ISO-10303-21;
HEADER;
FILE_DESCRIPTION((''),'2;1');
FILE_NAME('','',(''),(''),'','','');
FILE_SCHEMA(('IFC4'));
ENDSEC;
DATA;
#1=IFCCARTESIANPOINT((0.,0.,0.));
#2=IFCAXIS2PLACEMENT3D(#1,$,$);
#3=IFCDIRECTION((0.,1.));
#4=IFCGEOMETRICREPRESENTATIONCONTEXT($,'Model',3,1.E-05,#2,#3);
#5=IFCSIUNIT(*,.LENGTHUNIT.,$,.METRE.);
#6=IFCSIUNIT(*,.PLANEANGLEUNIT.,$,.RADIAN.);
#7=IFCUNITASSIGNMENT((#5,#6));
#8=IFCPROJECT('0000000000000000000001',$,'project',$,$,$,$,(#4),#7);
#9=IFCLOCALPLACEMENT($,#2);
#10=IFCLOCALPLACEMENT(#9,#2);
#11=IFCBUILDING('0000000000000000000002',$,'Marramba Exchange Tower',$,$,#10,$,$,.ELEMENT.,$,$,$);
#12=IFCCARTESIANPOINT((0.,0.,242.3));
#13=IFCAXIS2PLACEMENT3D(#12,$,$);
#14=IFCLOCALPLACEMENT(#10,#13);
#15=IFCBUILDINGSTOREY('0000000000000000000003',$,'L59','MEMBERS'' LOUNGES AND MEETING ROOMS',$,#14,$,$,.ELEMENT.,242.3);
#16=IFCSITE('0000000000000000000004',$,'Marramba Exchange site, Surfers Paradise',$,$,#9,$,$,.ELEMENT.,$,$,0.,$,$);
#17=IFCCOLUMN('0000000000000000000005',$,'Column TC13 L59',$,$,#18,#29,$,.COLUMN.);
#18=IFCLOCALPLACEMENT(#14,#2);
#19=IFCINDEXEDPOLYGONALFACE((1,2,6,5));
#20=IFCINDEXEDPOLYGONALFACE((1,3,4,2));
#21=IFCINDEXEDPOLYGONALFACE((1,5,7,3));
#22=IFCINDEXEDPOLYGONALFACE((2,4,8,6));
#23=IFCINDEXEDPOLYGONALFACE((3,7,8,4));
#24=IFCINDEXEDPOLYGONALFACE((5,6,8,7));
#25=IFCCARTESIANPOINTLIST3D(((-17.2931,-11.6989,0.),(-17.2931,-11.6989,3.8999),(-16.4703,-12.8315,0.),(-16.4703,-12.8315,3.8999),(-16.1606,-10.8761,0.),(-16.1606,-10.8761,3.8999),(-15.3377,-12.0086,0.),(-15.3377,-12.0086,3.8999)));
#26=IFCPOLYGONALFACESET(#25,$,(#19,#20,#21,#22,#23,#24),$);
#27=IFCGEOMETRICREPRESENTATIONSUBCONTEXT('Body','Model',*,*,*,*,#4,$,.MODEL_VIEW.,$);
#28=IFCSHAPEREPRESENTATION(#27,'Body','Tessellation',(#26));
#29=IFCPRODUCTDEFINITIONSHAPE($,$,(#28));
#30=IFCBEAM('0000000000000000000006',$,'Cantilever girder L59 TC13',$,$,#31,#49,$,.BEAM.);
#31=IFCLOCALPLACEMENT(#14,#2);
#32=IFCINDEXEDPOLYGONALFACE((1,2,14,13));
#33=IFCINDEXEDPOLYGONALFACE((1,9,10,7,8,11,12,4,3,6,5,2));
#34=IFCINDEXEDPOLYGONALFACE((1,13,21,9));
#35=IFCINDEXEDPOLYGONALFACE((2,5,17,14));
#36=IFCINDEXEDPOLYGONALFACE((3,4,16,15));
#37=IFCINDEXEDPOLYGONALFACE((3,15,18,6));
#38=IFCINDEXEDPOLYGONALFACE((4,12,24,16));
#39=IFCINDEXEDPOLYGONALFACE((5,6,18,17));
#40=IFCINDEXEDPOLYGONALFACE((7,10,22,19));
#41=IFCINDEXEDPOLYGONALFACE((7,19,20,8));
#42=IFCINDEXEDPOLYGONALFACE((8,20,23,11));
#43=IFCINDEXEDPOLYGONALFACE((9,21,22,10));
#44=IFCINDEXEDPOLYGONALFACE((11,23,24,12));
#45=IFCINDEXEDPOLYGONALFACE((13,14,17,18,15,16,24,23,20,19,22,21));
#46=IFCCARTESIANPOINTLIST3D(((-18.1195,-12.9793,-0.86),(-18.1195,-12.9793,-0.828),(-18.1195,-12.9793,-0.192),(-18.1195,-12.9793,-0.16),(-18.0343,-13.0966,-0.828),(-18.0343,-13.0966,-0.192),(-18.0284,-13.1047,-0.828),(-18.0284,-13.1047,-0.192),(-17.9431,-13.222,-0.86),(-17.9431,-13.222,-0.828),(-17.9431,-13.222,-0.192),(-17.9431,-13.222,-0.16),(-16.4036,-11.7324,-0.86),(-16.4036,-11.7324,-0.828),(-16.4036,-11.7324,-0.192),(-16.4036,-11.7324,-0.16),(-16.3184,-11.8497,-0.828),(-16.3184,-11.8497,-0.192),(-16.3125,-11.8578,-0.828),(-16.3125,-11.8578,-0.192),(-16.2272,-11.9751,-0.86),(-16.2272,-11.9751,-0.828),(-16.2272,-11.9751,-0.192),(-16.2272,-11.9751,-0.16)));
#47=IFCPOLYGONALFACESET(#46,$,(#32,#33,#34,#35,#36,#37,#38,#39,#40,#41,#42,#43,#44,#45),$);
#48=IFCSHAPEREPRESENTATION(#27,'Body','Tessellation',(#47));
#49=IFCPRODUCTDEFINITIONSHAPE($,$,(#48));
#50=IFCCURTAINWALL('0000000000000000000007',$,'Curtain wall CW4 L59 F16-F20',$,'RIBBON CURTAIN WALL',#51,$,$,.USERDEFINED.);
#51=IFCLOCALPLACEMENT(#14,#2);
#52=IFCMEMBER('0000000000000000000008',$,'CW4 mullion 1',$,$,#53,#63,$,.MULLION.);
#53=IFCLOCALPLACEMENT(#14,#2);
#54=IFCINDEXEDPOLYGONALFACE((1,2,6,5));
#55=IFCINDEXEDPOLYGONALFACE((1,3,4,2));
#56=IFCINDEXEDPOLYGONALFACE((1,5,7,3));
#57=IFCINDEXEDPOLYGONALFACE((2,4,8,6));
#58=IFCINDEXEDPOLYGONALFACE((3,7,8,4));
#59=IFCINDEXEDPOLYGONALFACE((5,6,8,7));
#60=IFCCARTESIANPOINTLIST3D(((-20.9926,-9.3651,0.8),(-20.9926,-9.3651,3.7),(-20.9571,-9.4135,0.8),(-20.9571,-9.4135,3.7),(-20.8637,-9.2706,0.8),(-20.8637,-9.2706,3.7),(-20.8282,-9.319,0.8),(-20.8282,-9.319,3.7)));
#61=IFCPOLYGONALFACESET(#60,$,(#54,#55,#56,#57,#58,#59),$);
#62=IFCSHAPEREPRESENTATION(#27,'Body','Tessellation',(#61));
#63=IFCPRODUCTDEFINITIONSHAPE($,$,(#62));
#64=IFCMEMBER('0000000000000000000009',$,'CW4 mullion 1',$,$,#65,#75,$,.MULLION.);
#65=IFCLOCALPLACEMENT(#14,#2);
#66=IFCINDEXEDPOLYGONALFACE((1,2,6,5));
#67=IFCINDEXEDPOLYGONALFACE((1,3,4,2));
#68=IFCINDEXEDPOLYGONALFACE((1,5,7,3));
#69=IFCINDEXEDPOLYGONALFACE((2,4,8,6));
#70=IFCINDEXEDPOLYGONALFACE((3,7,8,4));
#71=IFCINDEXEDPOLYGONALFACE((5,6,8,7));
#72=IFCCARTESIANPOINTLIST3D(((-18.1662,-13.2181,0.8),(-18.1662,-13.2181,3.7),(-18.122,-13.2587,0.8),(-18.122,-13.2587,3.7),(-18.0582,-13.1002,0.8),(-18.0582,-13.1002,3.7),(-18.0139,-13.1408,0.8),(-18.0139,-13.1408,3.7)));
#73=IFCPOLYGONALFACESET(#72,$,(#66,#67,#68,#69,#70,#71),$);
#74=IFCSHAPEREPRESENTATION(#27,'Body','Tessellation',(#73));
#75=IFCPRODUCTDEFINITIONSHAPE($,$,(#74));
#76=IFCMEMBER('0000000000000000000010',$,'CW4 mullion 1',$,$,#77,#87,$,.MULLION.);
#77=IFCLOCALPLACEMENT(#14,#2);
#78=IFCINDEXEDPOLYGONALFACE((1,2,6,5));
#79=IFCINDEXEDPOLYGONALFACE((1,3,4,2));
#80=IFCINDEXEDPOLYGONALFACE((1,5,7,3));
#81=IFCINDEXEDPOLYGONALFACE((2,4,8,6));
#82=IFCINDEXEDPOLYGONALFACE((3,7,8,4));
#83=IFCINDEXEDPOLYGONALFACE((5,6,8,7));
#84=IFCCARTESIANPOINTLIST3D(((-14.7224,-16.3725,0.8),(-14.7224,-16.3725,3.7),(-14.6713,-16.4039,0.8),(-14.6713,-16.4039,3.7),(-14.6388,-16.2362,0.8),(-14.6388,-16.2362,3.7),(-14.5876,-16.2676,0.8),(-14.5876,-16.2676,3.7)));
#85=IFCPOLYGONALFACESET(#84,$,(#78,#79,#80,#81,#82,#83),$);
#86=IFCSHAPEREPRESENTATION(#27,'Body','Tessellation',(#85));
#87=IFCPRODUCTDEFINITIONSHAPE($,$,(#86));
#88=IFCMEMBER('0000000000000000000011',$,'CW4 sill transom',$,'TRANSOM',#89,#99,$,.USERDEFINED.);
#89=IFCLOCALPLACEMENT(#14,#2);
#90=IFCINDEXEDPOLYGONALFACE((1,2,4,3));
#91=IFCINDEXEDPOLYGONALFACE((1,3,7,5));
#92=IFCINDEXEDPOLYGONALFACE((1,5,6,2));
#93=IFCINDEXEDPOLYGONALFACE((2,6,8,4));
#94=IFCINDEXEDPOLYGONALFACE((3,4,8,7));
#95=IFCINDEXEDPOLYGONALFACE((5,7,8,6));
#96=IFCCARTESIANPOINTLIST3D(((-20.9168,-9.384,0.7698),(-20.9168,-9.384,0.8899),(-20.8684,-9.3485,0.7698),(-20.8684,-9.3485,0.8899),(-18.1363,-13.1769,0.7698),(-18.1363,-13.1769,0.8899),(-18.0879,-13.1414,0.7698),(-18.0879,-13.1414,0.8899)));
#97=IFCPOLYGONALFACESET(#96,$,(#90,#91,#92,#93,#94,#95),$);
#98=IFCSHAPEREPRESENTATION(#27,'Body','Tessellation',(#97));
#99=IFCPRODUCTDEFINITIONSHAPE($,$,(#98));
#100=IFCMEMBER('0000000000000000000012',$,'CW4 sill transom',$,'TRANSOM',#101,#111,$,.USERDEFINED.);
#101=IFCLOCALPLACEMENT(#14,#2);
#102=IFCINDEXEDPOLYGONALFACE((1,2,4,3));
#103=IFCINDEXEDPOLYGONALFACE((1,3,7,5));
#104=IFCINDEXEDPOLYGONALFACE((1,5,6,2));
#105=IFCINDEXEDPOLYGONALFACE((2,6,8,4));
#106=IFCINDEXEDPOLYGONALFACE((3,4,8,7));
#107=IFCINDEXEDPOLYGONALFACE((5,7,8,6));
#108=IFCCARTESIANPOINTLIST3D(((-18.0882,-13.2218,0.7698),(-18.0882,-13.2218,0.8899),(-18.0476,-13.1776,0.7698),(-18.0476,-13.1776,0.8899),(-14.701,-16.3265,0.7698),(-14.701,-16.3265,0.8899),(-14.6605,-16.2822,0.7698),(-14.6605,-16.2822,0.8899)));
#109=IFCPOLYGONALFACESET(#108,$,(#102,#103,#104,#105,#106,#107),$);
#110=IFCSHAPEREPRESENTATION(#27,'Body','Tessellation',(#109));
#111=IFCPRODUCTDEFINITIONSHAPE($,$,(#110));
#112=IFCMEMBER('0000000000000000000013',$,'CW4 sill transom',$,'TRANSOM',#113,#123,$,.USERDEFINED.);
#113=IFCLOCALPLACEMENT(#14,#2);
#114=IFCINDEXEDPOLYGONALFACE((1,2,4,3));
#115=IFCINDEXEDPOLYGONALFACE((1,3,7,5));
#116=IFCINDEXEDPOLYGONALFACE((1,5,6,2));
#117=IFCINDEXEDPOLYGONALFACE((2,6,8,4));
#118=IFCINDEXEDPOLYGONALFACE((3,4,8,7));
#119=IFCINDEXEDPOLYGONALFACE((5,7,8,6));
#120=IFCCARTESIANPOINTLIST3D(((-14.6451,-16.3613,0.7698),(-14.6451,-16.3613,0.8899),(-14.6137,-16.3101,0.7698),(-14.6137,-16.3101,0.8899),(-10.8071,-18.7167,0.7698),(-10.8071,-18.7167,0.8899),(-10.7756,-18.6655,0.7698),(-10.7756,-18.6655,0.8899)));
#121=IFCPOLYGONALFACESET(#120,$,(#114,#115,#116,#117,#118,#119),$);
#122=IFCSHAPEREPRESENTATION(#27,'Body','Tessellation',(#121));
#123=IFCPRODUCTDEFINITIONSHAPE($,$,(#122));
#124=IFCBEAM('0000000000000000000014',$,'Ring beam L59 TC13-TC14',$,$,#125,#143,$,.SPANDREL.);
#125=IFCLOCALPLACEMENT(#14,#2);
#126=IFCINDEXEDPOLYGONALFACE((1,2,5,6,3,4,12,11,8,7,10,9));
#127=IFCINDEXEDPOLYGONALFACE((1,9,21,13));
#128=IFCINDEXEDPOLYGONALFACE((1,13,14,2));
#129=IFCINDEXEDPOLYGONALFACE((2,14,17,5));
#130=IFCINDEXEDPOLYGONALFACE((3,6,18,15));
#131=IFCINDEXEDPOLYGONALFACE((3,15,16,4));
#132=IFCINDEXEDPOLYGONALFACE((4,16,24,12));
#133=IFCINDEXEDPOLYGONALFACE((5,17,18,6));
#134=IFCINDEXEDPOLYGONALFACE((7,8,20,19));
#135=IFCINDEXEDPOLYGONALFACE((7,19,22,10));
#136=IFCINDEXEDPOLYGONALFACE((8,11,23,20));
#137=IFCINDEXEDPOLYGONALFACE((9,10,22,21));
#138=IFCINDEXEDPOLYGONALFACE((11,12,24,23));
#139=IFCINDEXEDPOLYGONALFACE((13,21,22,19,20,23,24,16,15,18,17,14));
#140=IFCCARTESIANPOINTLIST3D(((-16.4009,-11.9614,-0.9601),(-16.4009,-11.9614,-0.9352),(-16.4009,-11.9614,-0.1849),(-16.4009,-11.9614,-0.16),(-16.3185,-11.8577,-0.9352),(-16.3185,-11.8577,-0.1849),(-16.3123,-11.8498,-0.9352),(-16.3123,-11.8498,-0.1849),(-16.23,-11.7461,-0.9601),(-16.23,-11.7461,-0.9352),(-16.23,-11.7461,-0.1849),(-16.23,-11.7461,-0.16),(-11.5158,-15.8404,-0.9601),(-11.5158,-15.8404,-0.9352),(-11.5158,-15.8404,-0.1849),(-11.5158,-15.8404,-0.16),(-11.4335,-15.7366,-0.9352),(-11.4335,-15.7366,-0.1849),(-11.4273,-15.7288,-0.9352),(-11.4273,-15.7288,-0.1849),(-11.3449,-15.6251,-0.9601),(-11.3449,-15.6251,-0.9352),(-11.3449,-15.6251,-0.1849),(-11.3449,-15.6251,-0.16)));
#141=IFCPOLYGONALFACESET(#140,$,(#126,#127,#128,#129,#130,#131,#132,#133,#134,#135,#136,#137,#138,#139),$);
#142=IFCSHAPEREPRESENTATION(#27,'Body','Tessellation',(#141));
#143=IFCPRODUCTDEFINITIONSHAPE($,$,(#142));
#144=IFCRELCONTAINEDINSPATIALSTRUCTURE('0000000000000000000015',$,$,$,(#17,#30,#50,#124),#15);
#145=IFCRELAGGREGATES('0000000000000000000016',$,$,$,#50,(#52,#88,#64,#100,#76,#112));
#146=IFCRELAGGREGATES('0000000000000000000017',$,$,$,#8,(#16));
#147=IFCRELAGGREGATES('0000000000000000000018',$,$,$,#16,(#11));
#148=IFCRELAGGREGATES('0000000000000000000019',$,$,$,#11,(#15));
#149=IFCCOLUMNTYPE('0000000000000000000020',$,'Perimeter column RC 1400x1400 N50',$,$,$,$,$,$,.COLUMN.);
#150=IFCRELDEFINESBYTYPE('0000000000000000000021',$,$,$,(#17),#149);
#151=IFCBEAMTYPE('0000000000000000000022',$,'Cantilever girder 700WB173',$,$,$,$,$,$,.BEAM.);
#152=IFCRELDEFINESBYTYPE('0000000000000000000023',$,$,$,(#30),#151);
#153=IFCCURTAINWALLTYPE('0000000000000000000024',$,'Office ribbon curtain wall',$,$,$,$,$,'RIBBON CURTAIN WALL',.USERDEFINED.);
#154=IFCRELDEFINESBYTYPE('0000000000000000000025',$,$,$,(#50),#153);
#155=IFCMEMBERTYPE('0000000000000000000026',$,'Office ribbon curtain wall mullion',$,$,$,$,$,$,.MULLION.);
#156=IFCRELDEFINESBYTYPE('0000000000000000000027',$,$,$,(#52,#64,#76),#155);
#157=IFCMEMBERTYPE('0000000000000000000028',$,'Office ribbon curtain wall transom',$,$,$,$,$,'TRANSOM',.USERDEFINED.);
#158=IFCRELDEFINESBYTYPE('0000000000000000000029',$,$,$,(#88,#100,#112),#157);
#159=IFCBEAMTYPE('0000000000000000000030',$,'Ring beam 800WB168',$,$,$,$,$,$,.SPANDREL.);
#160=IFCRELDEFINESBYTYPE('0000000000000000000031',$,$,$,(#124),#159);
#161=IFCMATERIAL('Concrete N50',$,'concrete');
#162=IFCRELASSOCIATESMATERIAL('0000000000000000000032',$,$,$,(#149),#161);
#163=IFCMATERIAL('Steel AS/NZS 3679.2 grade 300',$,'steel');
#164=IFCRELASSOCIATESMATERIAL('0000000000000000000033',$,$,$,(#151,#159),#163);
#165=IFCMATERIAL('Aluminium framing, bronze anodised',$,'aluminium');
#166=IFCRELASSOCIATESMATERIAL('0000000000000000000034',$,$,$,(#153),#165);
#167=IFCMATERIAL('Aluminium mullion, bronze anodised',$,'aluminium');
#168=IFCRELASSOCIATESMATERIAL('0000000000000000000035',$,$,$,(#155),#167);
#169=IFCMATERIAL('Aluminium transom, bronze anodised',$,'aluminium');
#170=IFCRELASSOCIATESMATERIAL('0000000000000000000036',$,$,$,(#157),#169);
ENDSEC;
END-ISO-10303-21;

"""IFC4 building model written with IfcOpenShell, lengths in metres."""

from ifc_helpers import new_model, si_unit, direction, frame, origin, origin_2d, place, context, subcontext, project, spatial, rectangle, i_section, extrude, material, material_profile, profile_set, type_object, element, aggregate, save


model = new_model("IFC4")

# Units and contexts
model_context = context("Model", 3, precision=1e-05, world=origin(), true_north=direction((0.0, 1.0)))
body_context = subcontext(model_context, "Body", "Model", "MODEL_VIEW")
ifc_project = project(units=[si_unit("LENGTHUNIT", "METRE"), si_unit("PLANEANGLEUNIT", "RADIAN")], contexts=[model_context])

# Site, building, storey
site_placement = place(None, origin())
site = spatial("IfcSite", under=ifc_project, at=site_placement, Name="Marramba Exchange site, Surfers Paradise", CompositionType="ELEMENT", RefElevation=0.0)
building_placement = place(site_placement, origin())
building = spatial("IfcBuilding", under=site, at=building_placement, Name="Marramba Exchange Tower", CompositionType="ELEMENT")
storey_placement = place(building_placement, frame((0.0, 0.0, 242.3)))
storey = spatial("IfcBuildingStorey", under=building, at=storey_placement, Name="L59", Description="MEMBERS' LOUNGES AND MEETING ROOMS", CompositionType="ELEMENT", Elevation=242.3)

# Column
ifc_material_1 = material(Name="Concrete N50", Category="concrete")
ifc_material_profile_1 = material_profile(ifc_material_1, rectangle(XDim=1.3999, YDim=1.3999, at=origin_2d()), Name="RC 1400x1400")
ifc_profile_set_1 = profile_set([ifc_material_profile_1], Name="Concrete N50")
column_type = type_object("IfcColumnType", Name="Perimeter column RC 1400x1400 N50", PredefinedType="COLUMN", material=ifc_profile_set_1)
column_placement = place(storey_placement, frame((-16.3154, -11.8538, 0.0), z_axis=(0.0, 0.0, 1.0), x_axis=(-0.809017, -0.587785, 0.0)))
element("IfcColumn", 1, at=column_placement, inside=storey, type_object=column_type, Name="Column TC13 L59", PredefinedType="COLUMN", context=body_context, shape_type="SweptSolid", body=[
    extrude(rectangle(XDim=1.3999, YDim=1.3999, at=origin_2d()), origin(), (0.0, 0.0, 1.0), 3.8999),
])

# Beam
ifc_material_2 = material(Name="Steel AS/NZS 3679.2 grade 300", Category="steel")
ifc_material_profile_2 = material_profile(ifc_material_2, i_section(OverallWidth=0.3, OverallDepth=0.7, WebThickness=0.01, FlangeThickness=0.032, at=origin_2d()), Name="700WB173")
ifc_profile_set_2 = profile_set([ifc_material_profile_2], Name="Steel AS/NZS 3679.2 grade 300")
beam_type_1 = type_object("IfcBeamType", Name="Cantilever girder 700WB173", PredefinedType="BEAM", material=ifc_profile_set_2)
beam_1_placement = place(storey_placement, frame((-16.3154, -11.8538, -0.51), z_axis=(-0.80897, -0.58785, 0.0), x_axis=(0.58785, -0.80897, 0.0)))
element("IfcBeam", 2, at=beam_1_placement, inside=storey, type_object=beam_type_1, Name="Cantilever girder L59 TC13", PredefinedType="BEAM", context=body_context, shape_type="SweptSolid", body=[
    extrude(i_section(OverallWidth=0.3, OverallDepth=0.7, WebThickness=0.01, FlangeThickness=0.032, at=origin_2d()), origin(), (0.0, 0.0, 1.0), 2.1211),
])

# Curtain wall, members
ifc_material_3 = material(Name="Aluminium framing, bronze anodised", Category="aluminium")
curtain_wall_type = type_object("IfcCurtainWallType", Name="Office ribbon curtain wall", ElementType="RIBBON CURTAIN WALL", PredefinedType="USERDEFINED", material=ifc_material_3)
curtain_wall_placement = place(storey_placement, origin())
curtain_wall = element("IfcCurtainWall", 3, at=curtain_wall_placement, inside=storey, type_object=curtain_wall_type, Name="Curtain wall CW4 L59 F16-F20", ObjectType="RIBBON CURTAIN WALL", PredefinedType="USERDEFINED")
ifc_material_4 = material(Name="Aluminium mullion, bronze anodised", Category="aluminium")
ifc_material_profile_3 = material_profile(ifc_material_4, rectangle(XDim=0.1599, YDim=0.0601, at=origin_2d()), Name="CW4 mullion 60x160")
ifc_profile_set_3 = profile_set([ifc_material_profile_3], Name="Aluminium mullion, bronze anodised")
member_type_1 = type_object("IfcMemberType", Name="Office ribbon curtain wall mullion", PredefinedType="MULLION", material=ifc_profile_set_3)
member_1_placement = place(storey_placement, frame((-20.9104, -9.342, 0.8), z_axis=(0.0, 0.0, 1.0), x_axis=(0.806508, 0.591223, 0.0)))
member_1 = element("IfcMember", 4, at=member_1_placement, type_object=member_type_1, Name="CW4 mullion 1", PredefinedType="MULLION", context=body_context, shape_type="SweptSolid", body=[
    extrude(rectangle(XDim=0.1599, YDim=0.0601, at=origin_2d()), origin(), (0.0, 0.0, 1.0), 2.8999),
])
member_2_placement = place(storey_placement, frame((-18.0901, -13.1794, 0.8), z_axis=(0.0, 0.0, 1.0), x_axis=(0.675671, 0.737203, 0.0)))
member_2 = element("IfcMember", 5, at=member_2_placement, type_object=member_type_1, Name="CW4 mullion 1", PredefinedType="MULLION", context=body_context, shape_type="SweptSolid", body=[
    extrude(rectangle(XDim=0.1599, YDim=0.0601, at=origin_2d()), origin(), (0.0, 0.0, 1.0), 2.8999),
])
member_3_placement = place(storey_placement, frame((-14.655, -16.3201, 0.8), z_axis=(0.0, 0.0, 1.0), x_axis=(0.523052, 0.852301, 0.0)))
member_3 = element("IfcMember", 6, at=member_3_placement, type_object=member_type_1, Name="CW4 mullion 1", PredefinedType="MULLION", context=body_context, shape_type="SweptSolid", body=[
    extrude(rectangle(XDim=0.1599, YDim=0.0601, at=origin_2d()), origin(), (0.0, 0.0, 1.0), 2.8999),
])
ifc_material_5 = material(Name="Aluminium transom, bronze anodised", Category="aluminium")
ifc_material_profile_4 = material_profile(ifc_material_5, rectangle(XDim=0.0601, YDim=0.1201, at=origin_2d()), Name="CW4 transom 60x120")
ifc_profile_set_4 = profile_set([ifc_material_profile_4], Name="Aluminium transom, bronze anodised")
member_type_2 = type_object("IfcMemberType", Name="Office ribbon curtain wall transom", ElementType="TRANSOM", PredefinedType="USERDEFINED", material=ifc_profile_set_4)
member_4_placement = place(storey_placement, frame((-20.8926, -9.3662, 0.8298), z_axis=(0.591226, -0.806506, 0.0), x_axis=(0.806506, 0.591226, 0.0)))
member_4 = element("IfcMember", 7, at=member_4_placement, type_object=member_type_2, Name="CW4 sill transom", ObjectType="TRANSOM", PredefinedType="USERDEFINED", context=body_context, shape_type="SweptSolid", body=[
    extrude(rectangle(XDim=0.0601, YDim=0.1201, at=origin_2d()), origin(), (0.0, 0.0, 1.0), 4.7029),
])
member_5_placement = place(storey_placement, frame((-18.0679, -13.1997, 0.8298), z_axis=(0.737176, -0.675701, 0.0), x_axis=(0.675701, 0.737176, 0.0)))
member_5 = element("IfcMember", 8, at=member_5_placement, type_object=member_type_2, Name="CW4 sill transom", ObjectType="TRANSOM", PredefinedType="USERDEFINED", context=body_context, shape_type="SweptSolid", body=[
    extrude(rectangle(XDim=0.0601, YDim=0.1201, at=origin_2d()), origin(), (0.0, 0.0, 1.0), 4.5947),
])
member_6_placement = place(storey_placement, frame((-14.6294, -16.3357, 0.8298), z_axis=(0.852298, -0.523056, 0.0), x_axis=(0.523056, 0.852298, 0.0)))
member_6 = element("IfcMember", 9, at=member_6_placement, type_object=member_type_2, Name="CW4 sill transom", ObjectType="TRANSOM", PredefinedType="USERDEFINED", context=body_context, shape_type="SweptSolid", body=[
    extrude(rectangle(XDim=0.0601, YDim=0.1201, at=origin_2d()), origin(), (0.0, 0.0, 1.0), 4.5032),
])

# Beam
ifc_material_profile_5 = material_profile(ifc_material_2, i_section(OverallWidth=0.2749, OverallDepth=0.8, WebThickness=0.01, FlangeThickness=0.0249, at=origin_2d()), Name="800WB168")
ifc_profile_set_5 = profile_set([ifc_material_profile_5], Name="Steel AS/NZS 3679.2 grade 300")
beam_type_2 = type_object("IfcBeamType", Name="Ring beam 800WB168", PredefinedType="SPANDREL", material=ifc_profile_set_5)
beam_2_placement = place(storey_placement, frame((-16.3154, -11.8538, -0.5601), z_axis=(0.783139, -0.621846, 0.0), x_axis=(0.621846, 0.783139, 0.0)))
element("IfcBeam", 10, at=beam_2_placement, inside=storey, type_object=beam_type_2, Name="Ring beam L59 TC13-TC14", PredefinedType="SPANDREL", context=body_context, shape_type="SweptSolid", body=[
    extrude(i_section(OverallWidth=0.2749, OverallDepth=0.8, WebThickness=0.01, FlangeThickness=0.0249, at=origin_2d()), origin(), (0.0, 0.0, 1.0), 6.2378),
])

aggregate(curtain_wall, [member_1, member_4, member_2, member_5, member_3, member_6])

save(model, "model.ifc")
